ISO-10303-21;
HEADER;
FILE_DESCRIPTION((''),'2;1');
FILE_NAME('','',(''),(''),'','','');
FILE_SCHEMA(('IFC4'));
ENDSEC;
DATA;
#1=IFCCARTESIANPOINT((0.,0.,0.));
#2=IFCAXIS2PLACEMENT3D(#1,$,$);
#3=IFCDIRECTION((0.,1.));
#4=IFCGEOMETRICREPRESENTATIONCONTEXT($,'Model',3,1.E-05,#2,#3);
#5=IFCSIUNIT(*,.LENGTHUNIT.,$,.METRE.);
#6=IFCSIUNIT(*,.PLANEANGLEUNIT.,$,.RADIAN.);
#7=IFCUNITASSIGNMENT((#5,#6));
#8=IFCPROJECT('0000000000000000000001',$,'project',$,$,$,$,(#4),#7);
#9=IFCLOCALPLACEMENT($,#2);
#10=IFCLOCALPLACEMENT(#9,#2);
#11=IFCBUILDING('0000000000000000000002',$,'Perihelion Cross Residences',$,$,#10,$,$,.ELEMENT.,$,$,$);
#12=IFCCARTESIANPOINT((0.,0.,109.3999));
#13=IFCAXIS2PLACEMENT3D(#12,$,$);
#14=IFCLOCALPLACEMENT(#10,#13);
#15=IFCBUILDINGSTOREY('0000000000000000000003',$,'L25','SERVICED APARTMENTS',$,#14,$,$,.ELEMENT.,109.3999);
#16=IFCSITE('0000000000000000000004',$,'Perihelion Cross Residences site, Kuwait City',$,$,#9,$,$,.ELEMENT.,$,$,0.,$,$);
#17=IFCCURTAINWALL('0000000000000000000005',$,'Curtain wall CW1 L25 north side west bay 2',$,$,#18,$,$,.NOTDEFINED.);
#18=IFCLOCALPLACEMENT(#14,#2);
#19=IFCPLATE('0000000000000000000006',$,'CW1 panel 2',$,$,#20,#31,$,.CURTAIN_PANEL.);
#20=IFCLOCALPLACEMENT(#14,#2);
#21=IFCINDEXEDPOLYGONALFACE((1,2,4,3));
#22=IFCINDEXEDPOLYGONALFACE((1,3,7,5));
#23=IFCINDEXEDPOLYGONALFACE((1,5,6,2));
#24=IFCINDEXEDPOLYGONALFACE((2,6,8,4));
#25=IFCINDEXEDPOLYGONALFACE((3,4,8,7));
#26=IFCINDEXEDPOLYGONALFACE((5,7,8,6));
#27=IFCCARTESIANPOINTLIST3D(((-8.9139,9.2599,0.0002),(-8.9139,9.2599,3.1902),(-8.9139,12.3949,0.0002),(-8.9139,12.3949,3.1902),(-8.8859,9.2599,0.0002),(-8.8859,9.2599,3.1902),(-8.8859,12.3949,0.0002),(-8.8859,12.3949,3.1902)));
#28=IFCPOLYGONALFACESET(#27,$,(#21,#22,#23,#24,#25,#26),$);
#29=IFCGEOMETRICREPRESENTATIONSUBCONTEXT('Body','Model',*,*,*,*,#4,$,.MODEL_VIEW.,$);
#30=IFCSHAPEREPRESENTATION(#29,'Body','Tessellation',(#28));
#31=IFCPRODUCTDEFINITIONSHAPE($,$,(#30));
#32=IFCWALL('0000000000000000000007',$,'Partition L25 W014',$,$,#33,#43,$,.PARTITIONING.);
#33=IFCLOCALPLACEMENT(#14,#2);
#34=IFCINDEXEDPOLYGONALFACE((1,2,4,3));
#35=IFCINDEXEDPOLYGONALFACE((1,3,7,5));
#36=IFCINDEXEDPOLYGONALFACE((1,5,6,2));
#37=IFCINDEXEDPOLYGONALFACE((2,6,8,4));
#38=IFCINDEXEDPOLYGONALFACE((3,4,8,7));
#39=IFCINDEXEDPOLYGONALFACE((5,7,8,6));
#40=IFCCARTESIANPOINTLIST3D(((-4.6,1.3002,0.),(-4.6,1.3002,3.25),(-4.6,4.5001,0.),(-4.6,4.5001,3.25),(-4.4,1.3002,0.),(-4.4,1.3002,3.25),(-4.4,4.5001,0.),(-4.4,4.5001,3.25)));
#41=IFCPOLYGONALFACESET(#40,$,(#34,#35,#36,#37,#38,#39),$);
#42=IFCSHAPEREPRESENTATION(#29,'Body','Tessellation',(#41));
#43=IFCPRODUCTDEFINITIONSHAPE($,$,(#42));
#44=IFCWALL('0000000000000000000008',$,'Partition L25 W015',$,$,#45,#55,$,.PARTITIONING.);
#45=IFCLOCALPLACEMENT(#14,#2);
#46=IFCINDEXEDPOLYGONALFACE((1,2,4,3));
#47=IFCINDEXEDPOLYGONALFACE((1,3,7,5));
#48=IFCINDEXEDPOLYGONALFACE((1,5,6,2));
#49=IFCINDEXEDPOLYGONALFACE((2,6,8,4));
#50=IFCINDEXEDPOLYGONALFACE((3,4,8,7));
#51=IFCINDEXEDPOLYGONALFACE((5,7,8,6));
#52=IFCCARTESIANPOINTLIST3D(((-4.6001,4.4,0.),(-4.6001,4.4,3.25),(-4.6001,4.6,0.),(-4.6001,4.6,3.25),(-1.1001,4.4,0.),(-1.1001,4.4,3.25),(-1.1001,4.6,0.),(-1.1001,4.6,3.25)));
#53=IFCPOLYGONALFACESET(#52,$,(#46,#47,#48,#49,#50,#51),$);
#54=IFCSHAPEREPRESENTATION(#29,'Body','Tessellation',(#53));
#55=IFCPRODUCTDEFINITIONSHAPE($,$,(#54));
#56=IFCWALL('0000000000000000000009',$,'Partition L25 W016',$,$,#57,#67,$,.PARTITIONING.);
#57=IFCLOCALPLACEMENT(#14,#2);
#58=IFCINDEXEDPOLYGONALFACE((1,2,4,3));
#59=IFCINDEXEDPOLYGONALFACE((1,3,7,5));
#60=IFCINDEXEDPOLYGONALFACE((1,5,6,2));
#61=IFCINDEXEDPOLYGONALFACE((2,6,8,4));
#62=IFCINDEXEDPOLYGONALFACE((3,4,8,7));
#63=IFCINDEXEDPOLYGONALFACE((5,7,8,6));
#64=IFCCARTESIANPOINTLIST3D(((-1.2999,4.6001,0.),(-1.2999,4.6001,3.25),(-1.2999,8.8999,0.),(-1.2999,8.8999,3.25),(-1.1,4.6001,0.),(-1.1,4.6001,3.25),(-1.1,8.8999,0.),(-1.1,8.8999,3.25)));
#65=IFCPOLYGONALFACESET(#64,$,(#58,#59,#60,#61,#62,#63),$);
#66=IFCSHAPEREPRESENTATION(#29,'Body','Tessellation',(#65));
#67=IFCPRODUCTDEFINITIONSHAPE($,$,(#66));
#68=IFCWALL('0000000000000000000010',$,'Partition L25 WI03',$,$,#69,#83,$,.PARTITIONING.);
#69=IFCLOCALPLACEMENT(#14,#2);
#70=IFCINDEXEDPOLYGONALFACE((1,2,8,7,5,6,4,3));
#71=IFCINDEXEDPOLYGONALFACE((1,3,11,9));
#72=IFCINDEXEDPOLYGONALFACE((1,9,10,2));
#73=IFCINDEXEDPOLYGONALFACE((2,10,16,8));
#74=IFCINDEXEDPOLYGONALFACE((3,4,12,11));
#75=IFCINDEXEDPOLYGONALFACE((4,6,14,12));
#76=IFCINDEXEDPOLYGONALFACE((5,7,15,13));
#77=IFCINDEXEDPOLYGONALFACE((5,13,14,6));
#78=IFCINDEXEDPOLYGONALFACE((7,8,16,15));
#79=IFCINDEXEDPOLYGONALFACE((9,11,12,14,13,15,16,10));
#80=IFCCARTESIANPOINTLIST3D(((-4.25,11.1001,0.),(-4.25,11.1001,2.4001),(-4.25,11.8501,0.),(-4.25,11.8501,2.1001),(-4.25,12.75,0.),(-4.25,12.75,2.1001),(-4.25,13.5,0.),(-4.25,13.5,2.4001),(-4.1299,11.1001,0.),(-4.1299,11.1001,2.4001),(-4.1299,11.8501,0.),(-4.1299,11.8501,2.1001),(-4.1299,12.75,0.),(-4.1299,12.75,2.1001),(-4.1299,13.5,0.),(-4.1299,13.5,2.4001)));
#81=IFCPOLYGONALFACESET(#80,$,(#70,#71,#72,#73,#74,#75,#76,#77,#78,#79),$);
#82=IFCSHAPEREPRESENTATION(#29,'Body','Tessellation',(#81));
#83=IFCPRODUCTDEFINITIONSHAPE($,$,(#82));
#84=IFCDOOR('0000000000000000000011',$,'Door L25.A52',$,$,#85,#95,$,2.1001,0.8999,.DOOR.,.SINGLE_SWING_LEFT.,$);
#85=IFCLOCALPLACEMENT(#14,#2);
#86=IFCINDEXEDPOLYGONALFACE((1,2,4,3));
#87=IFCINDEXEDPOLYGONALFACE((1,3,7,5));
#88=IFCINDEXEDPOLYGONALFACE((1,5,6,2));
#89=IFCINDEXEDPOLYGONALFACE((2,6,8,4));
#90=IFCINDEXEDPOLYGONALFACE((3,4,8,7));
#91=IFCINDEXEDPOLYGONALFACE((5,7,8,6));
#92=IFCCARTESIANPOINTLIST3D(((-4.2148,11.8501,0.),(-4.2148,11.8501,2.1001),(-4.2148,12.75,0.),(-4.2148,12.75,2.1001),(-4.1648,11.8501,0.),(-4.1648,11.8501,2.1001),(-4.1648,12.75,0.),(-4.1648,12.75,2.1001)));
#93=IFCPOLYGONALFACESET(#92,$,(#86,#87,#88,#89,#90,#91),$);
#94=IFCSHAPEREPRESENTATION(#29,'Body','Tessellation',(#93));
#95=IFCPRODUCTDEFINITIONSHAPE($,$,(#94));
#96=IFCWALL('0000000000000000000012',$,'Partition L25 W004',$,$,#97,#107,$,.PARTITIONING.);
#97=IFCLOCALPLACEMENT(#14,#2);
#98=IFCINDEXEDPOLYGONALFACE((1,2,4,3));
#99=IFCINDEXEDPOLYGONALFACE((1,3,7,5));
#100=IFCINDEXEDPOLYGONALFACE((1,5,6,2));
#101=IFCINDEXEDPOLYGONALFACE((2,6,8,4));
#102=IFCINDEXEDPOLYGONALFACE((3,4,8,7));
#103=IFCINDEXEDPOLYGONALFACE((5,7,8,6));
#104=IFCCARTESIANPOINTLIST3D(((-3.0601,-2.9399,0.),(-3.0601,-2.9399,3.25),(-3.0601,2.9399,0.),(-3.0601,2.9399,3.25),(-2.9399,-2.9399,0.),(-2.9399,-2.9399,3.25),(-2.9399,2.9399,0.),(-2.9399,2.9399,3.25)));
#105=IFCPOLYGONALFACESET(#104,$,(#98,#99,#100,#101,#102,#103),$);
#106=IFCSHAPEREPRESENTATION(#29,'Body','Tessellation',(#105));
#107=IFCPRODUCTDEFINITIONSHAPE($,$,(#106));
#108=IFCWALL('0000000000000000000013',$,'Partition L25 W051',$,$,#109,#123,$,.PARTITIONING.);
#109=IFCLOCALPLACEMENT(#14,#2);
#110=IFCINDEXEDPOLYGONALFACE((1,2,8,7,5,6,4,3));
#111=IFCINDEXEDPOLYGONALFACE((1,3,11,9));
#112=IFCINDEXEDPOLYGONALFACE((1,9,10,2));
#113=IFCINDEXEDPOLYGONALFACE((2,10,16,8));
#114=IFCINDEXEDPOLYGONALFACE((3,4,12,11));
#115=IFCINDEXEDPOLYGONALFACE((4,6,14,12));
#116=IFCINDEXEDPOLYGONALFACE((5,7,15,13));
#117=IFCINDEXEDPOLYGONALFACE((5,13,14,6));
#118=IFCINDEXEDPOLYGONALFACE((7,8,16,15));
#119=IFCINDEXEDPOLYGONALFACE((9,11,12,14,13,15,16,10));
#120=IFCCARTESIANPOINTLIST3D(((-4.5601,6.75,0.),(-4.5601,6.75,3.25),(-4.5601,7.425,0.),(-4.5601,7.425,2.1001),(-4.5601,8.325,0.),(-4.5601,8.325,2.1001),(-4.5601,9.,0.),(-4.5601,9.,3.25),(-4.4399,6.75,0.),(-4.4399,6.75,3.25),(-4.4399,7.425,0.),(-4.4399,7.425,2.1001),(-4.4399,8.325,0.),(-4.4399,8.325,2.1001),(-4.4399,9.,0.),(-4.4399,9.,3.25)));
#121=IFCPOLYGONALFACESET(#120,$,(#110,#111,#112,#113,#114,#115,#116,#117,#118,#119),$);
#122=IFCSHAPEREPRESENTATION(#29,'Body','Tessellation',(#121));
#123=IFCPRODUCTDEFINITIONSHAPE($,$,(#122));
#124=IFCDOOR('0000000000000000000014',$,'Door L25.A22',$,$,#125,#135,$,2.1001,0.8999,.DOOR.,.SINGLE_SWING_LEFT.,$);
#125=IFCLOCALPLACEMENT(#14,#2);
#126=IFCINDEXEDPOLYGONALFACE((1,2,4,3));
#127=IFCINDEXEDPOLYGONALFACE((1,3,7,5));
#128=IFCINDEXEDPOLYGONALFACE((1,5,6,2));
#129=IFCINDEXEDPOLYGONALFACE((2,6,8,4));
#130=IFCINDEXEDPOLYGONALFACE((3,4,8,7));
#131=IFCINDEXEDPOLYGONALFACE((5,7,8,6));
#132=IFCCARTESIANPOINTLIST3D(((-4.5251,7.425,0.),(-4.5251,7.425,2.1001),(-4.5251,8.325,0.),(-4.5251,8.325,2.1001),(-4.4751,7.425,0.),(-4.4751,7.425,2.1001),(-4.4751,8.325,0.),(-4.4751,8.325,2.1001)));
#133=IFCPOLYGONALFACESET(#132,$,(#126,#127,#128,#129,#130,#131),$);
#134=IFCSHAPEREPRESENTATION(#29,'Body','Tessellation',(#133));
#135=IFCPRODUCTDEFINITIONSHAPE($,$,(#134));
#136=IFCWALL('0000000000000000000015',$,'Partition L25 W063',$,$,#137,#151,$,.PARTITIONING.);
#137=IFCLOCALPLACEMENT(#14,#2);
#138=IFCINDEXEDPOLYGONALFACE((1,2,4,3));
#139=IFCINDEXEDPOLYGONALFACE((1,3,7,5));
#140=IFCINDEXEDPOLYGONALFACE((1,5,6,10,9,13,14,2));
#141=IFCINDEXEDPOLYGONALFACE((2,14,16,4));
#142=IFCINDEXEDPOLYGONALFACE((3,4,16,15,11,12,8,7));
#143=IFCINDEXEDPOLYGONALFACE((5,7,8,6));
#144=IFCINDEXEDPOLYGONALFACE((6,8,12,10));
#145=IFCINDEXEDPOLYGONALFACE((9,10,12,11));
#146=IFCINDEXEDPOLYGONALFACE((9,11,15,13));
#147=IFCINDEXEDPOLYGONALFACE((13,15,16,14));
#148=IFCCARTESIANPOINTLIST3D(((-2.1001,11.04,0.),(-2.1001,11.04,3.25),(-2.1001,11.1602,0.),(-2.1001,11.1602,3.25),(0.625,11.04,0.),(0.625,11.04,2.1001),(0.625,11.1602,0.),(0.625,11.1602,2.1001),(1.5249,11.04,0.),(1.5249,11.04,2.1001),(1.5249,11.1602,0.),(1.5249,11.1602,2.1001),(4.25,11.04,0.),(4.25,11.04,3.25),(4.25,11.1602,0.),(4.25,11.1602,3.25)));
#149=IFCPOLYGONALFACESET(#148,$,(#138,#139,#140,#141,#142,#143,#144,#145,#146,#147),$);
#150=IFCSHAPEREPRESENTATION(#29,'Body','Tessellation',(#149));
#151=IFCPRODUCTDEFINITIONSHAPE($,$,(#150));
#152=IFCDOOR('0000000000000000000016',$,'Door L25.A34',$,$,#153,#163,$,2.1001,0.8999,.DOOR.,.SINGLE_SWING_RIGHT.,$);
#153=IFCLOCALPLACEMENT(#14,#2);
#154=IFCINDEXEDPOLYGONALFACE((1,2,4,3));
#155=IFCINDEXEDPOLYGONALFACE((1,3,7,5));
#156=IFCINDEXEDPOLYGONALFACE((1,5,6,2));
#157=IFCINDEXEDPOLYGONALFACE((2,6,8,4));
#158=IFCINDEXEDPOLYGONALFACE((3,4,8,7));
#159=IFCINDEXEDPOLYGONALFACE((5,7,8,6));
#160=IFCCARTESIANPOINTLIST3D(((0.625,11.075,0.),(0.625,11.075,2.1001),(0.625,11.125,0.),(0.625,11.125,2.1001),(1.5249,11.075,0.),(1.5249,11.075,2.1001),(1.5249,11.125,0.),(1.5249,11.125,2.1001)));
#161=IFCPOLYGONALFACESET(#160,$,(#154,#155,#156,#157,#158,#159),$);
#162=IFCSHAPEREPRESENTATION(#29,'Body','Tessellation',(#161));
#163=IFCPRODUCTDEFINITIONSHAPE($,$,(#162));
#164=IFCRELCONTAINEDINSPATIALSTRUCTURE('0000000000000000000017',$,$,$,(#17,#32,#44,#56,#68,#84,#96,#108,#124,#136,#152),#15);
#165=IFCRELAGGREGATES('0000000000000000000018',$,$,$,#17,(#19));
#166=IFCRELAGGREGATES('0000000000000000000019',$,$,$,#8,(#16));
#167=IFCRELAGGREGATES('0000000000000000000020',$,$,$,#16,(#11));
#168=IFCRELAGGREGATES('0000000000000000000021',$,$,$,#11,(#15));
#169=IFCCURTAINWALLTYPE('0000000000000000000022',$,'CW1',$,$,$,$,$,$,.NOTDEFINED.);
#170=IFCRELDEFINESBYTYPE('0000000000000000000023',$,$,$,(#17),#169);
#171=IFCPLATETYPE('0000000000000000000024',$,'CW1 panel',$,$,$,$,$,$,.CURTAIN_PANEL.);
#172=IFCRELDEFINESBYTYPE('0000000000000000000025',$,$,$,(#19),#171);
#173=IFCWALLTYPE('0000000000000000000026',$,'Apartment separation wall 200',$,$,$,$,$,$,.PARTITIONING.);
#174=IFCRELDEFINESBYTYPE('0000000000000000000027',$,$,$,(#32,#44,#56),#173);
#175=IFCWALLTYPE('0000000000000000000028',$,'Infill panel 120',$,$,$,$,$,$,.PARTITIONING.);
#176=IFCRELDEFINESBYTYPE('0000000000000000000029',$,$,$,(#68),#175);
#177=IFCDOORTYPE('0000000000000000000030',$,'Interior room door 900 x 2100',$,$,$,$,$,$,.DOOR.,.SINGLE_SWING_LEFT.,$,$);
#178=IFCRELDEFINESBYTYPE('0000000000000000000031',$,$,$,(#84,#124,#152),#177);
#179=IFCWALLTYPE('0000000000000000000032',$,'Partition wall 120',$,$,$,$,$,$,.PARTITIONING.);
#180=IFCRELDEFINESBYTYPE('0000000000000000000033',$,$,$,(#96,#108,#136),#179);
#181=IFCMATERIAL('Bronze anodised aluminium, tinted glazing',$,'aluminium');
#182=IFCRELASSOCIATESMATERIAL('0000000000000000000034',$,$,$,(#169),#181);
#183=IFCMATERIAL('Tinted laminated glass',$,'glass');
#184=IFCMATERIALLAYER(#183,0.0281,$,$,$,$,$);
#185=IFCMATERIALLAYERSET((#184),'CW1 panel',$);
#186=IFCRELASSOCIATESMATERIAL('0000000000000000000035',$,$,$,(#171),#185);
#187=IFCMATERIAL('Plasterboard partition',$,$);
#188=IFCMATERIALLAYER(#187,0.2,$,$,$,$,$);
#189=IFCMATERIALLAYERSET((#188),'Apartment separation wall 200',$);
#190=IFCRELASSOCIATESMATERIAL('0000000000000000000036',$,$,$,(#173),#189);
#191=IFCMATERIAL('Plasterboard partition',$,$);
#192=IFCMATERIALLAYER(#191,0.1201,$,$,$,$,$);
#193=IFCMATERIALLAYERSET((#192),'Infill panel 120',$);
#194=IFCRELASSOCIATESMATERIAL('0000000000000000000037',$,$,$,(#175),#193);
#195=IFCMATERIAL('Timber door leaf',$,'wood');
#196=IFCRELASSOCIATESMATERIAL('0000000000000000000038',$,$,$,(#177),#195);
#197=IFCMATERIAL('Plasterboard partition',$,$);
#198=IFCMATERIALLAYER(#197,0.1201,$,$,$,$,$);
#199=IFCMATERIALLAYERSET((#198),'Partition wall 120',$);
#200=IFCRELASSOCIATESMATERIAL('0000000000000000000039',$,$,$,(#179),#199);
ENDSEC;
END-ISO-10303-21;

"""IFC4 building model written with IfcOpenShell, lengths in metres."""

from ifc_helpers import new_model, si_unit, direction, frame, frame_2d, origin, origin_2d, place, context, subcontext, project, spatial, rectangle, extrude, material, layer, layer_set, type_object, element, fill, aggregate, save


model = new_model("IFC4")

# Units and contexts
model_context = context("Model", 3, precision=1e-05, world=origin(), true_north=direction((0.0, 1.0)))
body_context = subcontext(model_context, "Body", "Model", "MODEL_VIEW")
ifc_project = project(units=[si_unit("LENGTHUNIT", "METRE"), si_unit("PLANEANGLEUNIT", "RADIAN")], contexts=[model_context])

# Site, building, storey
site_placement = place(None, origin())
site = spatial("IfcSite", under=ifc_project, at=site_placement, Name="Perihelion Cross Residences site, Kuwait City", CompositionType="ELEMENT", RefElevation=0.0)
building_placement = place(site_placement, origin())
building = spatial("IfcBuilding", under=site, at=building_placement, Name="Perihelion Cross Residences", CompositionType="ELEMENT")
storey_placement = place(building_placement, frame((0.0, 0.0, 109.3999)))
storey = spatial("IfcBuildingStorey", under=building, at=storey_placement, Name="L25", Description="SERVICED APARTMENTS", CompositionType="ELEMENT", Elevation=109.3999)

# Curtain wall
ifc_material_1 = material(Name="Bronze anodised aluminium, tinted glazing", Category="aluminium")
curtain_wall_type = type_object("IfcCurtainWallType", Name="CW1", PredefinedType="NOTDEFINED", material=ifc_material_1)
curtain_wall_placement = place(storey_placement, origin())
curtain_wall = element("IfcCurtainWall", 1, at=curtain_wall_placement, inside=storey, type_object=curtain_wall_type, Name="Curtain wall CW1 L25 north side west bay 2", PredefinedType="NOTDEFINED")

# Plate
ifc_material_2 = material(Name="Tinted laminated glass", Category="glass")
ifc_layer_1 = layer(ifc_material_2, 0.0281)
ifc_layer_set_1 = layer_set([ifc_layer_1], Name="CW1 panel")
plate_type = type_object("IfcPlateType", Name="CW1 panel", PredefinedType="CURTAIN_PANEL", material=ifc_layer_set_1)
plate_1_placement = place(storey_placement, frame((-8.8999, 10.8274, 0.0002), z_axis=(0.0, 0.0, 1.0), x_axis=(0.0, -1.0, 0.0)))
plate_1 = element("IfcPlate", 2, at=plate_1_placement, type_object=plate_type, Name="CW1 panel 2", PredefinedType="CURTAIN_PANEL", context=body_context, shape_type="SweptSolid", body=[
    extrude(rectangle(XDim=3.135, YDim=0.0281, at=origin_2d()), origin(), (0.0, 0.0, 1.0), 3.1899),
])
aggregate(curtain_wall, [plate_1])

# Walls
ifc_material_3 = material(Name="Plasterboard partition")
ifc_layer_2 = layer(ifc_material_3, 0.2)
ifc_layer_set_2 = layer_set([ifc_layer_2], Name="Apartment separation wall 200")
wall_type_1 = type_object("IfcWallType", Name="Apartment separation wall 200", PredefinedType="PARTITIONING", material=ifc_layer_set_2)
wall_1_placement = place(storey_placement, frame((-4.5, 1.3, 0.0), z_axis=(0.0, 0.0, 1.0), x_axis=(0.0, 1.0, 0.0)))
element("IfcWall", 3, at=wall_1_placement, inside=storey, type_object=wall_type_1, Name="Partition L25 W014", PredefinedType="PARTITIONING", context=body_context, shape_type="SweptSolid", body=[
    extrude(rectangle(XDim=3.2, YDim=0.2, at=frame_2d((1.6001, 0.0))), origin(), (0.0, 0.0, 1.0), 3.25),
])
wall_2_placement = place(storey_placement, frame((-4.6001, 4.5, 0.0), z_axis=(0.0, 0.0, 1.0), x_axis=(1.0, 0.0, 0.0)))
element("IfcWall", 4, at=wall_2_placement, inside=storey, type_object=wall_type_1, Name="Partition L25 W015", PredefinedType="PARTITIONING", context=body_context, shape_type="SweptSolid", body=[
    extrude(rectangle(XDim=3.5, YDim=0.2, at=frame_2d((1.75, 0.0))), origin(), (0.0, 0.0, 1.0), 3.25),
])
wall_3_placement = place(storey_placement, frame((-1.2, 4.6001, 0.0), z_axis=(0.0, 0.0, 1.0), x_axis=(0.0, 1.0, 0.0)))
element("IfcWall", 5, at=wall_3_placement, inside=storey, type_object=wall_type_1, Name="Partition L25 W016", PredefinedType="PARTITIONING", context=body_context, shape_type="SweptSolid", body=[
    extrude(rectangle(XDim=4.2998, YDim=0.2, at=frame_2d((2.1499, 0.0))), origin(), (0.0, 0.0, 1.0), 3.25),
])

# Wall, opening, door
ifc_material_4 = material(Name="Plasterboard partition")
ifc_layer_3 = layer(ifc_material_4, 0.1201)
ifc_layer_set_3 = layer_set([ifc_layer_3], Name="Infill panel 120")
wall_type_2 = type_object("IfcWallType", Name="Infill panel 120", PredefinedType="PARTITIONING", material=ifc_layer_set_3)
wall_4_placement = place(storey_placement, frame((-4.1899, 11.1001, 0.0), z_axis=(0.0, 0.0, 1.0), x_axis=(0.0, 1.0, 0.0)))
wall_4 = element("IfcWall", 6, at=wall_4_placement, inside=storey, type_object=wall_type_2, Name="Partition L25 WI03", PredefinedType="PARTITIONING", context=body_context, shape_type="SweptSolid", body=[
    extrude(rectangle(XDim=2.3999, YDim=0.1201, at=frame_2d((1.2, 0.0))), origin(), (0.0, 0.0, 1.0), 2.4001),
])
opening_1_placement = place(wall_4_placement, frame((0.75, 0.0, 0.0)))
opening_1 = element("IfcOpeningElement", 7, at=opening_1_placement, cuts=wall_4, PredefinedType="OPENING", context=body_context, shape_type="SweptSolid", body=[
    extrude(rectangle(XDim=0.8999, YDim=2.1001, at=frame_2d((0.45, 1.05))), frame((0.0, 0.0701, 0.0), z_axis=(0.0, -1.0, 0.0), x_axis=(1.0, 0.0, 0.0)), (0.0, 0.0, 1.0), 0.1401),
])
ifc_material_5 = material(Name="Timber door leaf", Category="wood")
door_type_1 = type_object("IfcDoorType", Name="Interior room door 900 x 2100", OperationType="SINGLE_SWING_LEFT", PredefinedType="DOOR", material=ifc_material_5)
door_1_placement = place(opening_1_placement, origin())
door_1 = element("IfcDoor", 8, at=door_1_placement, inside=storey, type_object=door_type_1, Name="Door L25.A52", OperationType="SINGLE_SWING_LEFT", OverallHeight=2.1001, OverallWidth=0.8999, PredefinedType="DOOR", context=body_context, shape_type="SweptSolid", body=[
    extrude(rectangle(XDim=0.8999, YDim=2.1001, at=frame_2d((0.45, 1.05))), frame((0.0, 0.0249, 0.0), z_axis=(0.0, -1.0, 0.0), x_axis=(1.0, 0.0, 0.0)), (0.0, 0.0, 1.0), 0.05),
])
fill(opening_1, door_1)

# Wall
ifc_material_6 = material(Name="Plasterboard partition")
ifc_layer_4 = layer(ifc_material_6, 0.1201)
ifc_layer_set_4 = layer_set([ifc_layer_4], Name="Partition wall 120")
wall_type_3 = type_object("IfcWallType", Name="Partition wall 120", PredefinedType="PARTITIONING", material=ifc_layer_set_4)
wall_5_placement = place(storey_placement, frame((-3.0, 2.9399, 0.0), z_axis=(0.0, 0.0, 1.0), x_axis=(0.0, -1.0, 0.0)))
element("IfcWall", 9, at=wall_5_placement, inside=storey, type_object=wall_type_3, Name="Partition L25 W004", PredefinedType="PARTITIONING", context=body_context, shape_type="SweptSolid", body=[
    extrude(rectangle(XDim=5.8799, YDim=0.1201, at=frame_2d((2.9399, 0.0))), origin(), (0.0, 0.0, 1.0), 3.25),
])

# Walls, openings, doors
wall_6_placement = place(storey_placement, frame((-4.5, 9.0, 0.0), z_axis=(0.0, 0.0, 1.0), x_axis=(0.0, -1.0, 0.0)))
wall_6 = element("IfcWall", 10, at=wall_6_placement, inside=storey, type_object=wall_type_3, Name="Partition L25 W051", PredefinedType="PARTITIONING", context=body_context, shape_type="SweptSolid", body=[
    extrude(rectangle(XDim=2.25, YDim=0.1201, at=frame_2d((1.125, 0.0))), origin(), (0.0, 0.0, 1.0), 3.25),
])
opening_2_placement = place(wall_6_placement, frame((0.675, 0.0, 0.0)))
opening_2 = element("IfcOpeningElement", 11, at=opening_2_placement, cuts=wall_6, PredefinedType="OPENING", context=body_context, shape_type="SweptSolid", body=[
    extrude(rectangle(XDim=0.8999, YDim=2.1001, at=frame_2d((0.45, 1.05))), frame((0.0, 0.0701, 0.0), z_axis=(0.0, -1.0, 0.0), x_axis=(1.0, 0.0, 0.0)), (0.0, 0.0, 1.0), 0.1401),
])
door_2_placement = place(opening_2_placement, origin())
door_2 = element("IfcDoor", 12, at=door_2_placement, inside=storey, type_object=door_type_1, Name="Door L25.A22", OperationType="SINGLE_SWING_LEFT", OverallHeight=2.1001, OverallWidth=0.8999, PredefinedType="DOOR", context=body_context, shape_type="SweptSolid", body=[
    extrude(rectangle(XDim=0.8999, YDim=2.1001, at=frame_2d((0.45, 1.05))), frame((0.0, 0.0249, 0.0), z_axis=(0.0, -1.0, 0.0), x_axis=(1.0, 0.0, 0.0)), (0.0, 0.0, 1.0), 0.05),
])
fill(opening_2, door_2)
wall_7_placement = place(storey_placement, frame((-2.1001, 11.1001, 0.0), z_axis=(0.0, 0.0, 1.0), x_axis=(1.0, 0.0, 0.0)))
wall_7 = element("IfcWall", 13, at=wall_7_placement, inside=storey, type_object=wall_type_3, Name="Partition L25 W063", PredefinedType="PARTITIONING", context=body_context, shape_type="SweptSolid", body=[
    extrude(rectangle(XDim=6.3501, YDim=0.1201, at=frame_2d((3.175, 0.0))), origin(), (0.0, 0.0, 1.0), 3.25),
])
opening_3_placement = place(wall_7_placement, frame((2.7251, 0.0, 0.0)))
opening_3 = element("IfcOpeningElement", 14, at=opening_3_placement, cuts=wall_7, PredefinedType="OPENING", context=body_context, shape_type="SweptSolid", body=[
    extrude(rectangle(XDim=0.8999, YDim=2.1001, at=frame_2d((0.45, 1.05))), frame((0.0, 0.0701, 0.0), z_axis=(0.0, -1.0, 0.0), x_axis=(1.0, 0.0, 0.0)), (0.0, 0.0, 1.0), 0.1401),
])
door_3_placement = place(opening_3_placement, origin())
door_3 = element("IfcDoor", 15, at=door_3_placement, inside=storey, type_object=door_type_1, Name="Door L25.A34", OperationType="SINGLE_SWING_RIGHT", OverallHeight=2.1001, OverallWidth=0.8999, PredefinedType="DOOR", context=body_context, shape_type="SweptSolid", body=[
    extrude(rectangle(XDim=0.8999, YDim=2.1001, at=frame_2d((0.45, 1.05))), frame((0.0, 0.0249, 0.0), z_axis=(0.0, -1.0, 0.0), x_axis=(1.0, 0.0, 0.0)), (0.0, 0.0, 1.0), 0.05),
])
fill(opening_3, door_3)

save(model, "model.ifc")
